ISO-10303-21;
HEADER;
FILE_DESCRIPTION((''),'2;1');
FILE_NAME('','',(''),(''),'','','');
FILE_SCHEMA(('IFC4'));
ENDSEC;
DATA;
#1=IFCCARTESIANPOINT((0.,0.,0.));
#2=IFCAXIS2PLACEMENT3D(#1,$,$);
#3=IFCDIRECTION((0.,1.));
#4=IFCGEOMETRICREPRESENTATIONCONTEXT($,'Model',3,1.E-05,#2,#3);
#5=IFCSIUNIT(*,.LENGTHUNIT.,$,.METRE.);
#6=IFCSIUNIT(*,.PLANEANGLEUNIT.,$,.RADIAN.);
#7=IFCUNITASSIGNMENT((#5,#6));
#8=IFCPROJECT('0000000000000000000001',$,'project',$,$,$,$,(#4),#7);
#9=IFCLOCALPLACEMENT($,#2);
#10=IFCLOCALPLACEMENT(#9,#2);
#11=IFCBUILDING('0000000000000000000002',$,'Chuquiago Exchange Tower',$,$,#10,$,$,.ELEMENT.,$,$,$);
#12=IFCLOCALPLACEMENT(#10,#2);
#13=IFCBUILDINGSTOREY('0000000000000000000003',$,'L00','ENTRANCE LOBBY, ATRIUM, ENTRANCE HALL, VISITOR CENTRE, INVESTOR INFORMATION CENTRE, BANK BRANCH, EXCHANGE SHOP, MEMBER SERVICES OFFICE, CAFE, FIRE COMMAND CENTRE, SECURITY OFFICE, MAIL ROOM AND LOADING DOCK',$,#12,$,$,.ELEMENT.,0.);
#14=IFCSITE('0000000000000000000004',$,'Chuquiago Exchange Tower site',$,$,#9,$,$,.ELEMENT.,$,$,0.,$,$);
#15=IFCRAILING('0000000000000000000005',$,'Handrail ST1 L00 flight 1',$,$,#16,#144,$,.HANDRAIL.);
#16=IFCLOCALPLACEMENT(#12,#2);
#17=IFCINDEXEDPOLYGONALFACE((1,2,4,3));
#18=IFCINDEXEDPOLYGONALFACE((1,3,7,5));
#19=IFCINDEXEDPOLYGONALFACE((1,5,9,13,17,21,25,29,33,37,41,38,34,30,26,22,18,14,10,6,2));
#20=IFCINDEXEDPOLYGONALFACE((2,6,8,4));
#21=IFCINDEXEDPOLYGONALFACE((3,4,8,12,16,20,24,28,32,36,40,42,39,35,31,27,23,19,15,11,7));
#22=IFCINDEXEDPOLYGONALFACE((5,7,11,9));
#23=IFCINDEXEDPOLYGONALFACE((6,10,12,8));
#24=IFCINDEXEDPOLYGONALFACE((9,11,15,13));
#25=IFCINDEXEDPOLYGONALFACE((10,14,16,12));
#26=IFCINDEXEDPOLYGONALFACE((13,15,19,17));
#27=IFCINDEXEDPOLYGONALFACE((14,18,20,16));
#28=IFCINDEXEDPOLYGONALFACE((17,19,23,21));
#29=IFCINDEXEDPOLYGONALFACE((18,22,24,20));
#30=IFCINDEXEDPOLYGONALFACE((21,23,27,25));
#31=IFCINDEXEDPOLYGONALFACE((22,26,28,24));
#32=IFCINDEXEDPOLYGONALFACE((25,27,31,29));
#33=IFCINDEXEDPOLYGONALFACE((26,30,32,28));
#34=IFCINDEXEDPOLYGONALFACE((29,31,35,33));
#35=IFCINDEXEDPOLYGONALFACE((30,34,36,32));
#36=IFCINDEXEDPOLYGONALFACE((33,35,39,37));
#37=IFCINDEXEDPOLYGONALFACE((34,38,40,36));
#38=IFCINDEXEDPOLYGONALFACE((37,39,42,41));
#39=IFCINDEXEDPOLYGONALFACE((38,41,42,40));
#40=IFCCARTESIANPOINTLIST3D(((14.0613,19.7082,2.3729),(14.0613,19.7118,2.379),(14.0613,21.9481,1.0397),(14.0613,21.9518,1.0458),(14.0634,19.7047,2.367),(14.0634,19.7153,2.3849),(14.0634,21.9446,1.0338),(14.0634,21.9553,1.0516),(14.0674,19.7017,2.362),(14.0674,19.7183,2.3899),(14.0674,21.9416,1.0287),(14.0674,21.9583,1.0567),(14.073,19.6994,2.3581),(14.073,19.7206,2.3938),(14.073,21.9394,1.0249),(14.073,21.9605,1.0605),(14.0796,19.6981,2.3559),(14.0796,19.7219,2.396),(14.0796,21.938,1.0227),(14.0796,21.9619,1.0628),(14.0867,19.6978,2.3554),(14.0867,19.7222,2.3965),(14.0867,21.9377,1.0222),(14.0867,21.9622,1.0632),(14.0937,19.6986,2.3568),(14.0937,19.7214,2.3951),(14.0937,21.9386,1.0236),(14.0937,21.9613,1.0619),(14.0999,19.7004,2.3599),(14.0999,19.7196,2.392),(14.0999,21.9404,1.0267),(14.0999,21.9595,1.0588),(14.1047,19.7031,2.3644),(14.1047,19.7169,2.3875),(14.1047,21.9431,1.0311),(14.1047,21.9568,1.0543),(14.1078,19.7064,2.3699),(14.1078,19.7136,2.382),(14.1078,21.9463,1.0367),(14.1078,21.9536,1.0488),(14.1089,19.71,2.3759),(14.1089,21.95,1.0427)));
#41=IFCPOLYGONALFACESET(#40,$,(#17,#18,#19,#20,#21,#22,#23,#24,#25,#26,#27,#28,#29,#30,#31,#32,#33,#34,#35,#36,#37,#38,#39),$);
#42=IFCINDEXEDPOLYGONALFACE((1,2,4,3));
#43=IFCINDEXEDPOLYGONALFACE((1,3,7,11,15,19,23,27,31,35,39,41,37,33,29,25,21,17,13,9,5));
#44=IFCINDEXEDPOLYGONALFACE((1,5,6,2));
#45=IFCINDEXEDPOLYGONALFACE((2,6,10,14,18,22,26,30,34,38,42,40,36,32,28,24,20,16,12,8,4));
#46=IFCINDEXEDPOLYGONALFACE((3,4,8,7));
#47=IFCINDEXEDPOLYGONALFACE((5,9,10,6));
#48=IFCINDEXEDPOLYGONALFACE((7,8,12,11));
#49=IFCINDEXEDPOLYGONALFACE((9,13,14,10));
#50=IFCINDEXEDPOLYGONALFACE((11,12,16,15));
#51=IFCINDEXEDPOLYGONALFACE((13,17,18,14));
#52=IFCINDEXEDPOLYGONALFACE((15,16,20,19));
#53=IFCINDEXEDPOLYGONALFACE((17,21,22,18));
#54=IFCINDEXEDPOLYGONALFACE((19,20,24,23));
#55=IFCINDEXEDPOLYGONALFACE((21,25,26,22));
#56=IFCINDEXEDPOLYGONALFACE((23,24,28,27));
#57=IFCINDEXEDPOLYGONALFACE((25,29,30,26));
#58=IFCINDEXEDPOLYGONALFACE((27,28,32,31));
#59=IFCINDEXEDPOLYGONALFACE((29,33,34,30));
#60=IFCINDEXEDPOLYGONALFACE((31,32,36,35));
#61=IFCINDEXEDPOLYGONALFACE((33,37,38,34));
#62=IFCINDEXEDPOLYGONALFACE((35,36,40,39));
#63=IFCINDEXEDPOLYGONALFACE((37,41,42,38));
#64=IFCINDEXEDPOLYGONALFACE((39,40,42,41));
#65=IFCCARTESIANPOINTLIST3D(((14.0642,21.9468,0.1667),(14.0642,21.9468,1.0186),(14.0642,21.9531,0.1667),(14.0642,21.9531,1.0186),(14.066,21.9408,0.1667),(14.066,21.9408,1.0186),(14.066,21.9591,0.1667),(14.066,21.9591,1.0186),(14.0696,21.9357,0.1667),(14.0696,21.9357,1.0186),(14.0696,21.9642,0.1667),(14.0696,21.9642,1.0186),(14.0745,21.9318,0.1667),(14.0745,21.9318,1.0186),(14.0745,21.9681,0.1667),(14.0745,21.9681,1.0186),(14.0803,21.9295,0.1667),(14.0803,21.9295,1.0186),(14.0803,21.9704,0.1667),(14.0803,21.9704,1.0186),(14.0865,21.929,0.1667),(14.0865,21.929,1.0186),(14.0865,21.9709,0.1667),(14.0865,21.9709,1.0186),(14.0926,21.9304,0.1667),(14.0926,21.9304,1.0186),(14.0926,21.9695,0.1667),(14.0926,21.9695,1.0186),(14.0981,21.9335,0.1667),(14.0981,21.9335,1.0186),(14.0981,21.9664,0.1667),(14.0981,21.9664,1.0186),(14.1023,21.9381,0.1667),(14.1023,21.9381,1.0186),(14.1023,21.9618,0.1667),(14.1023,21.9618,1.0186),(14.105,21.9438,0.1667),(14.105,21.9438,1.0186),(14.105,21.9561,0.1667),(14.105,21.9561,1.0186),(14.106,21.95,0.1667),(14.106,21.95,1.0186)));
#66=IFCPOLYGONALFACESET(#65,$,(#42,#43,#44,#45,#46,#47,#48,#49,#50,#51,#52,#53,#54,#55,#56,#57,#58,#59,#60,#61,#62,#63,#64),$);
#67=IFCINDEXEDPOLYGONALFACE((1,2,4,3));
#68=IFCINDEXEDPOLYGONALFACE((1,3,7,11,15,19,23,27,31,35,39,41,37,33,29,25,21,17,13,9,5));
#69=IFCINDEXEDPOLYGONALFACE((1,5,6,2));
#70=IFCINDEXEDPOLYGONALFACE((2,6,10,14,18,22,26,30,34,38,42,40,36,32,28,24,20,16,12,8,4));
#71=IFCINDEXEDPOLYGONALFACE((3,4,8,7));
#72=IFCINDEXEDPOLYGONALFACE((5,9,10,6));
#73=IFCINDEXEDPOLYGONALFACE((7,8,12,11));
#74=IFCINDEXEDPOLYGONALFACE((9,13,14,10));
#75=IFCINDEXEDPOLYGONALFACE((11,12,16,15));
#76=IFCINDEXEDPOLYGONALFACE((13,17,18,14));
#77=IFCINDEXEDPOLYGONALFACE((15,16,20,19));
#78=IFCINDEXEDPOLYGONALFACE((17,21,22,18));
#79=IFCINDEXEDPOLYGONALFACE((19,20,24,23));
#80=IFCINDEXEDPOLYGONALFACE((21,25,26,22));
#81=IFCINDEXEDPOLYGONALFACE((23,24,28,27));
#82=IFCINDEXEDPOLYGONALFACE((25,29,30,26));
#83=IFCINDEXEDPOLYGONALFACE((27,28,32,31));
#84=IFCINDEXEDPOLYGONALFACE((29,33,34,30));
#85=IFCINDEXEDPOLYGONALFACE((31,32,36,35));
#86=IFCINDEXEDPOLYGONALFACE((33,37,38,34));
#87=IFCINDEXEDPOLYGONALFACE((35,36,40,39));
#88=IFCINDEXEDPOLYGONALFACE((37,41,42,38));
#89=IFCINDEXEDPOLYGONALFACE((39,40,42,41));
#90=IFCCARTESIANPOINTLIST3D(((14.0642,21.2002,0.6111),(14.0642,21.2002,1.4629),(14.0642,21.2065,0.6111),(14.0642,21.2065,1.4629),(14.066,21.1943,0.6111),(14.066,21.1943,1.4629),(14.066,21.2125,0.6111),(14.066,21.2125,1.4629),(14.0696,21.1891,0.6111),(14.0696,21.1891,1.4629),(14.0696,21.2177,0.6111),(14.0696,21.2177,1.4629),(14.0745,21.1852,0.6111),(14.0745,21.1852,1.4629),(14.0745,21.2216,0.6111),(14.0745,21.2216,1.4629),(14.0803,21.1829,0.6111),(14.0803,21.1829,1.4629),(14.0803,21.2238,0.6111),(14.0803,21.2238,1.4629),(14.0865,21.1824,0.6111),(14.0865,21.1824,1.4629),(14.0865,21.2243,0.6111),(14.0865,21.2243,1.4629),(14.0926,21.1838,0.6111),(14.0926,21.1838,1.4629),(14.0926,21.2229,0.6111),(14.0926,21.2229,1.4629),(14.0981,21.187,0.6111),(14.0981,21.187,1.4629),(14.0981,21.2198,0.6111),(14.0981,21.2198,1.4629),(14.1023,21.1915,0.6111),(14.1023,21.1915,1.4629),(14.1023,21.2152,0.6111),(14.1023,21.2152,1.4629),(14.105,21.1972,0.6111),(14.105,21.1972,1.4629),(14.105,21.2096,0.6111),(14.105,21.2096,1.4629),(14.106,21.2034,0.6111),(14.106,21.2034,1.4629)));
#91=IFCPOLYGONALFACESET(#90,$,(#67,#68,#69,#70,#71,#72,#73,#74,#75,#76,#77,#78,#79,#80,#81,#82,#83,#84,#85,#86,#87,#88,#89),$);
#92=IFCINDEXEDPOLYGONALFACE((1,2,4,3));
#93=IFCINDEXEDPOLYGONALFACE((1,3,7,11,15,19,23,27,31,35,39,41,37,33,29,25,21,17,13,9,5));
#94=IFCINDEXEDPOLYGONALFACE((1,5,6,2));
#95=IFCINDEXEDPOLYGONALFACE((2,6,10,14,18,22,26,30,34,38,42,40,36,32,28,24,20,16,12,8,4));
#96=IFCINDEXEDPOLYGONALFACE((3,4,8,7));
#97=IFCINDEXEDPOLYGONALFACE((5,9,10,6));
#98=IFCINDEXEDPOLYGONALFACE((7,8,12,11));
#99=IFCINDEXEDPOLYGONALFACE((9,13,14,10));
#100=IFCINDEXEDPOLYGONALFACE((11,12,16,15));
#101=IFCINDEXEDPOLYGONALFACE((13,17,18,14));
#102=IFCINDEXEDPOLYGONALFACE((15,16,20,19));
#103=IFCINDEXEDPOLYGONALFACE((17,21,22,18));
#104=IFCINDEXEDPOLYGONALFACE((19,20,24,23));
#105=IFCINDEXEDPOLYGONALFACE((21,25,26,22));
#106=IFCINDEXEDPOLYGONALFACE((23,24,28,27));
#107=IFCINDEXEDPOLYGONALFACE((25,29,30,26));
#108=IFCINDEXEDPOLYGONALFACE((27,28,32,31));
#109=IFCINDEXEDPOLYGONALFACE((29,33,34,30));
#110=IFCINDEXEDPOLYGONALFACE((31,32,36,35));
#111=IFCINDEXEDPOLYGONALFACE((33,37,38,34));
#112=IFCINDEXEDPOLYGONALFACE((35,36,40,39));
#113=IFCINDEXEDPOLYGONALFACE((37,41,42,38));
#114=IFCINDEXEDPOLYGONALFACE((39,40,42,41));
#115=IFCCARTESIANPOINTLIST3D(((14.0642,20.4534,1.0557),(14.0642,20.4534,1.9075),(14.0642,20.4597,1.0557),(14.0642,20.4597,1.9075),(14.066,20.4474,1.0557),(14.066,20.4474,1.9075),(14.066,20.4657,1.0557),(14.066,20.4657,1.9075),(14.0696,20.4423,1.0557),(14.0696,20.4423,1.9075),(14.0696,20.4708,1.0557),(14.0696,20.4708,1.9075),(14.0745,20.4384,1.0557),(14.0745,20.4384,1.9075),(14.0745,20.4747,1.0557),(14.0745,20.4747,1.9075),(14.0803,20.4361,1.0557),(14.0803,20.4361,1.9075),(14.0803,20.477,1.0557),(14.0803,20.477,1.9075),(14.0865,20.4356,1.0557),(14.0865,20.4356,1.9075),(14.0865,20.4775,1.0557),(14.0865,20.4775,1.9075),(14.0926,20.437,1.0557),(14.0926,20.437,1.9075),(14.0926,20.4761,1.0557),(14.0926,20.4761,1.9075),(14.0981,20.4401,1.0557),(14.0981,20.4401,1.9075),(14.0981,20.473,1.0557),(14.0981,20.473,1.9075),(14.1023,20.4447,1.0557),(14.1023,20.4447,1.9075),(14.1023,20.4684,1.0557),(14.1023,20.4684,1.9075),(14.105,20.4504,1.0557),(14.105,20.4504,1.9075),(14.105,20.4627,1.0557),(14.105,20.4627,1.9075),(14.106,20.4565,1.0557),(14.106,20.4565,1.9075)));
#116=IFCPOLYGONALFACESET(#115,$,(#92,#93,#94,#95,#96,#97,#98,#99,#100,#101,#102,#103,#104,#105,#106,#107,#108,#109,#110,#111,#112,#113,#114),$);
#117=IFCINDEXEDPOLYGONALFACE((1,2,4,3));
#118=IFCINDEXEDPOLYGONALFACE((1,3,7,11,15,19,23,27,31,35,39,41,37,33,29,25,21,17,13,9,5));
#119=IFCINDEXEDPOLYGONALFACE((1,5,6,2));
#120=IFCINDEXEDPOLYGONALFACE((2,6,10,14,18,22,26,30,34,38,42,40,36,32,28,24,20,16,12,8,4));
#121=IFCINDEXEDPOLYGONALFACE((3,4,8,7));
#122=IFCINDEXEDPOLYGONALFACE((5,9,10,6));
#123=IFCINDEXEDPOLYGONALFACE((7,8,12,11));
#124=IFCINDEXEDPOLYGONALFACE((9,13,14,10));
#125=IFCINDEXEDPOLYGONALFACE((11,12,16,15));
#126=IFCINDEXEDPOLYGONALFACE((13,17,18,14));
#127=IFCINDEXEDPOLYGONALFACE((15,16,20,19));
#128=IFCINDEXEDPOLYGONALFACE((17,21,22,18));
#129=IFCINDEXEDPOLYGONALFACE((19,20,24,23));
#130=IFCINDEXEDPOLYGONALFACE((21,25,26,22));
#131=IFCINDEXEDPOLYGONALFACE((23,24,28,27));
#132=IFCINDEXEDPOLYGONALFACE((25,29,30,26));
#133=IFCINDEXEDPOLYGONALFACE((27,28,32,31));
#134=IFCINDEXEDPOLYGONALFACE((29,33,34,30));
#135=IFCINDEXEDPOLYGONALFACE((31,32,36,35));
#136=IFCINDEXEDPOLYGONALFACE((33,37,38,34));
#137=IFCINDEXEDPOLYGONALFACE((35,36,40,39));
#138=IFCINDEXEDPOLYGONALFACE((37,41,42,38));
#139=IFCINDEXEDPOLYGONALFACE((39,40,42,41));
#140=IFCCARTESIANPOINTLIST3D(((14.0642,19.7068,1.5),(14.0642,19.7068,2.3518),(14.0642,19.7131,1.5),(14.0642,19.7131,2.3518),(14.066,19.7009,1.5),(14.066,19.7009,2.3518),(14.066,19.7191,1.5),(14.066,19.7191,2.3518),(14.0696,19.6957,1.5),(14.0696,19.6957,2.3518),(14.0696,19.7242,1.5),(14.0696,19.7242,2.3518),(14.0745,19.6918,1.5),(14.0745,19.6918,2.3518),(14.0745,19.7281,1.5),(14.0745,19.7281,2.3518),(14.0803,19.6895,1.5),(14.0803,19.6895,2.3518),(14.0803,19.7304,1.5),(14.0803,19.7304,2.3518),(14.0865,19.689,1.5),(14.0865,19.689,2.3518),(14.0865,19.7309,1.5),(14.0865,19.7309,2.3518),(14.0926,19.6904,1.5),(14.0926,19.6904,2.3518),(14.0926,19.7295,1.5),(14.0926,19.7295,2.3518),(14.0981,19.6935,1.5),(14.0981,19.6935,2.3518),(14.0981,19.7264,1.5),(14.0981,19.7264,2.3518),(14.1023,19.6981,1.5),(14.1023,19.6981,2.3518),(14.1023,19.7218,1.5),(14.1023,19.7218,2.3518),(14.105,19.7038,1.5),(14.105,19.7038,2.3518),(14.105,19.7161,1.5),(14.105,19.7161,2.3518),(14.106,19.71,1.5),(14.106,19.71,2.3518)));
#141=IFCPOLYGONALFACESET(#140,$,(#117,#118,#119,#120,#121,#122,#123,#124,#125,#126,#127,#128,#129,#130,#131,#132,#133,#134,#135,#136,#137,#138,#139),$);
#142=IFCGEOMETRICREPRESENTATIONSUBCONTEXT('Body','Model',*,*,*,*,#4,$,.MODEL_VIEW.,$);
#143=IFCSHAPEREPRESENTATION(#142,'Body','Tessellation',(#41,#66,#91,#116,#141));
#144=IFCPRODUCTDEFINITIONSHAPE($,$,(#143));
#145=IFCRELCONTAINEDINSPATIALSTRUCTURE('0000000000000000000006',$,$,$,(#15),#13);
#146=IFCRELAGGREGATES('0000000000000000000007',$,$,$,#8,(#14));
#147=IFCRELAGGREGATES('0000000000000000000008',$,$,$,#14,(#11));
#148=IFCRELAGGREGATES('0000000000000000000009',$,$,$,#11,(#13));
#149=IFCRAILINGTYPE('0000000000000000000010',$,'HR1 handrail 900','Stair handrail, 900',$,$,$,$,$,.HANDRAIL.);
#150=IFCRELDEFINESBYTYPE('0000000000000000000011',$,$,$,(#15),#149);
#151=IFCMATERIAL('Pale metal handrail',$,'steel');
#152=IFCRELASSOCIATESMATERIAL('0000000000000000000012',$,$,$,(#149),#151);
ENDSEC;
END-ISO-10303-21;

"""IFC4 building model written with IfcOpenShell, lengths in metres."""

from ifc_helpers import new_model, si_unit, direction, frame, origin, origin_2d, place, context, subcontext, project, spatial, circle, extrude, material, type_object, element, save


model = new_model("IFC4")

# Units and contexts
model_context = context("Model", 3, precision=1e-05, world=origin(), true_north=direction((0.0, 1.0)))
body_context = subcontext(model_context, "Body", "Model", "MODEL_VIEW")
ifc_project = project(units=[si_unit("LENGTHUNIT", "METRE"), si_unit("PLANEANGLEUNIT", "RADIAN")], contexts=[model_context])

# Site, building, storey
site_placement = place(None, origin())
site = spatial("IfcSite", under=ifc_project, at=site_placement, Name="Chuquiago Exchange Tower site", CompositionType="ELEMENT", RefElevation=0.0)
building_placement = place(site_placement, origin())
building = spatial("IfcBuilding", under=site, at=building_placement, Name="Chuquiago Exchange Tower", CompositionType="ELEMENT")
storey_placement = place(building_placement, origin())
storey = spatial("IfcBuildingStorey", under=building, at=storey_placement, Name="L00", Description="ENTRANCE LOBBY, ATRIUM, ENTRANCE HALL, VISITOR CENTRE, INVESTOR INFORMATION CENTRE, BANK BRANCH, EXCHANGE SHOP, MEMBER SERVICES OFFICE, CAFE, FIRE COMMAND CENTRE, SECURITY OFFICE, MAIL ROOM AND LOADING DOCK", CompositionType="ELEMENT", Elevation=0.0)

# Railing
ifc_material_1 = material(Name="Pale metal handrail", Category="steel")
railing_type_1 = type_object("IfcRailingType", Name="HR1 handrail 900", Description="Stair handrail, 900", PredefinedType="HANDRAIL", material=ifc_material_1)
for number, where, name in (
    (1, (14.085, 21.95, 0.1667), "Handrail ST1 L00 flight 1"),
):
    element("IfcRailing", number, at=place(storey_placement, frame(where)), inside=storey, type_object=railing_type_1, Name=name, PredefinedType="HANDRAIL", context=body_context, shape_type="SweptSolid", body=[
        extrude(circle(Radius=0.0239, at=origin_2d()), frame((0.0, 0.0, 0.876), z_axis=(0.0, -0.859306, 0.511462), x_axis=(1.0, 0.0, 0.0)), (0.0, 0.0, 1.0), 2.6067),
        extrude(circle(Radius=0.021, at=origin_2d()), origin(), (0.0, 0.0, 1.0), 0.8518),
        extrude(circle(Radius=0.021, at=origin_2d()), frame((0.0, -0.7466, 0.4443)), (0.0, 0.0, 1.0), 0.8518),
        extrude(circle(Radius=0.021, at=origin_2d()), frame((0.0, -1.4934, 0.8889)), (0.0, 0.0, 1.0), 0.8518),
        extrude(circle(Radius=0.021, at=origin_2d()), frame((0.0, -2.24, 1.3333)), (0.0, 0.0, 1.0), 0.8518),
    ])

save(model, "model.ifc")
